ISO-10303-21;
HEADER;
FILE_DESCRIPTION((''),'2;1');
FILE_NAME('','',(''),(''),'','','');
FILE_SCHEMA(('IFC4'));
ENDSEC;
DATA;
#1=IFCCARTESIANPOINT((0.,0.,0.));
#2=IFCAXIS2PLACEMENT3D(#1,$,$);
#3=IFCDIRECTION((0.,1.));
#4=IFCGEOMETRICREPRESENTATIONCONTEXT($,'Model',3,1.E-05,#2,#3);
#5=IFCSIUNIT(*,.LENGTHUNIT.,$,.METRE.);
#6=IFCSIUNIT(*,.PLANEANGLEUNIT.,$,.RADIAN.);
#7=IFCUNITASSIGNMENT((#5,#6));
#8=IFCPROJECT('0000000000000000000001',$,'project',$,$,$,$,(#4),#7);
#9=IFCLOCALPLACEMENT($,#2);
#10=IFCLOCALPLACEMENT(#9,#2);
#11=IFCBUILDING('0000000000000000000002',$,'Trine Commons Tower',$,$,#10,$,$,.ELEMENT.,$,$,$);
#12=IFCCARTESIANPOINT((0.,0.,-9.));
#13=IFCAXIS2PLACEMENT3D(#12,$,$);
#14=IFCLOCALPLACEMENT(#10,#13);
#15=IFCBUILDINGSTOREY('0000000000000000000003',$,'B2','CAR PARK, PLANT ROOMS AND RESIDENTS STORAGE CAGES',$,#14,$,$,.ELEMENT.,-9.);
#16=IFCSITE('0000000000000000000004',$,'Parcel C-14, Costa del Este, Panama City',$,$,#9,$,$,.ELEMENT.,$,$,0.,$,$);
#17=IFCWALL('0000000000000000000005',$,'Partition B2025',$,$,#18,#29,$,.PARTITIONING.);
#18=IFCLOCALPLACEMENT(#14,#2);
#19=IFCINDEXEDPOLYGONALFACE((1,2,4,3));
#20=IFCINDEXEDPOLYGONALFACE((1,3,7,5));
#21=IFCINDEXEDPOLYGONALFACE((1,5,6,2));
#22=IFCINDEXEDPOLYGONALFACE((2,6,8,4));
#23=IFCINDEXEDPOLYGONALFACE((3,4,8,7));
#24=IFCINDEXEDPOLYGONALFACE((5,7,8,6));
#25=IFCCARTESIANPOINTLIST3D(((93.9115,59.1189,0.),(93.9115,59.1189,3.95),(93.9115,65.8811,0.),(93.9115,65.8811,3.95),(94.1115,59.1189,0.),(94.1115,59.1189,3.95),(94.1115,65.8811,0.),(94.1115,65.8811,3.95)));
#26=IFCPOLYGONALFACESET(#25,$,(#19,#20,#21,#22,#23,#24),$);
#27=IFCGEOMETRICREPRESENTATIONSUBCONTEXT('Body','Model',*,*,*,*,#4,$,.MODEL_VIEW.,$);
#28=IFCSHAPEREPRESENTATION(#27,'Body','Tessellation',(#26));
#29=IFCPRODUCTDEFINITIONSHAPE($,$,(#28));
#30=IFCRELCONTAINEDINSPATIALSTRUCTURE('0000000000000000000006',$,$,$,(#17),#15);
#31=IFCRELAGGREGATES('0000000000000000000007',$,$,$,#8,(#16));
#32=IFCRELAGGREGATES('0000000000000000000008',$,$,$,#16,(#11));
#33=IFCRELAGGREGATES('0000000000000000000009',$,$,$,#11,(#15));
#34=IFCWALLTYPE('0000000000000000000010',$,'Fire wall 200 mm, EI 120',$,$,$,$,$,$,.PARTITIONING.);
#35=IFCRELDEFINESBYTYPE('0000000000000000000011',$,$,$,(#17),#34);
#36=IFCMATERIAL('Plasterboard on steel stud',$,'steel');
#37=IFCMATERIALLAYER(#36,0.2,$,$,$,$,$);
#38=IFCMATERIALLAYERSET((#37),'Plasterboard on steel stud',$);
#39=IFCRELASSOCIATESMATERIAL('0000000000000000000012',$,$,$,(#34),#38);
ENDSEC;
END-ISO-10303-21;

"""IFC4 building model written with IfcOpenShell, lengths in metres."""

from ifc_helpers import new_model, si_unit, direction, frame, frame_2d, origin, place, context, subcontext, project, spatial, rectangle, extrude, material, layer, layer_set, type_object, element, save


model = new_model("IFC4")

# Units and contexts
model_context = context("Model", 3, precision=1e-05, world=origin(), true_north=direction((0.0, 1.0)))
body_context = subcontext(model_context, "Body", "Model", "MODEL_VIEW")
ifc_project = project(units=[si_unit("LENGTHUNIT", "METRE"), si_unit("PLANEANGLEUNIT", "RADIAN")], contexts=[model_context])

# Site, building, storey
site_placement = place(None, origin())
site = spatial("IfcSite", under=ifc_project, at=site_placement, Name="Parcel C-14, Costa del Este, Panama City", CompositionType="ELEMENT", RefElevation=0.0)
building_placement = place(site_placement, origin())
building = spatial("IfcBuilding", under=site, at=building_placement, Name="Trine Commons Tower", CompositionType="ELEMENT")
storey_placement = place(building_placement, frame((0.0, 0.0, -9.0)))
storey = spatial("IfcBuildingStorey", under=building, at=storey_placement, Name="B2", Description="CAR PARK, PLANT ROOMS AND RESIDENTS STORAGE CAGES", CompositionType="ELEMENT", Elevation=-9.0)

# Wall
ifc_material_1 = material(Name="Plasterboard on steel stud", Category="steel")
ifc_layer = layer(ifc_material_1, 0.2)
ifc_layer_set = layer_set([ifc_layer], Name="Plasterboard on steel stud")
wall_type = type_object("IfcWallType", Name="Fire wall 200 mm, EI 120", PredefinedType="PARTITIONING", material=ifc_layer_set)
wall_placement = place(storey_placement, frame((94.0115, 59.1189, 0.0), z_axis=(0.0, 0.0, 1.0), x_axis=(0.0, 1.0, 0.0)))
element("IfcWall", 1, at=wall_placement, inside=storey, type_object=wall_type, Name="Partition B2025", PredefinedType="PARTITIONING", context=body_context, shape_type="SweptSolid", body=[
    extrude(rectangle(XDim=6.7622, YDim=0.2, at=frame_2d((3.3811, 0.0))), origin(), (0.0, 0.0, 1.0), 3.95),
])

save(model, "model.ifc")
